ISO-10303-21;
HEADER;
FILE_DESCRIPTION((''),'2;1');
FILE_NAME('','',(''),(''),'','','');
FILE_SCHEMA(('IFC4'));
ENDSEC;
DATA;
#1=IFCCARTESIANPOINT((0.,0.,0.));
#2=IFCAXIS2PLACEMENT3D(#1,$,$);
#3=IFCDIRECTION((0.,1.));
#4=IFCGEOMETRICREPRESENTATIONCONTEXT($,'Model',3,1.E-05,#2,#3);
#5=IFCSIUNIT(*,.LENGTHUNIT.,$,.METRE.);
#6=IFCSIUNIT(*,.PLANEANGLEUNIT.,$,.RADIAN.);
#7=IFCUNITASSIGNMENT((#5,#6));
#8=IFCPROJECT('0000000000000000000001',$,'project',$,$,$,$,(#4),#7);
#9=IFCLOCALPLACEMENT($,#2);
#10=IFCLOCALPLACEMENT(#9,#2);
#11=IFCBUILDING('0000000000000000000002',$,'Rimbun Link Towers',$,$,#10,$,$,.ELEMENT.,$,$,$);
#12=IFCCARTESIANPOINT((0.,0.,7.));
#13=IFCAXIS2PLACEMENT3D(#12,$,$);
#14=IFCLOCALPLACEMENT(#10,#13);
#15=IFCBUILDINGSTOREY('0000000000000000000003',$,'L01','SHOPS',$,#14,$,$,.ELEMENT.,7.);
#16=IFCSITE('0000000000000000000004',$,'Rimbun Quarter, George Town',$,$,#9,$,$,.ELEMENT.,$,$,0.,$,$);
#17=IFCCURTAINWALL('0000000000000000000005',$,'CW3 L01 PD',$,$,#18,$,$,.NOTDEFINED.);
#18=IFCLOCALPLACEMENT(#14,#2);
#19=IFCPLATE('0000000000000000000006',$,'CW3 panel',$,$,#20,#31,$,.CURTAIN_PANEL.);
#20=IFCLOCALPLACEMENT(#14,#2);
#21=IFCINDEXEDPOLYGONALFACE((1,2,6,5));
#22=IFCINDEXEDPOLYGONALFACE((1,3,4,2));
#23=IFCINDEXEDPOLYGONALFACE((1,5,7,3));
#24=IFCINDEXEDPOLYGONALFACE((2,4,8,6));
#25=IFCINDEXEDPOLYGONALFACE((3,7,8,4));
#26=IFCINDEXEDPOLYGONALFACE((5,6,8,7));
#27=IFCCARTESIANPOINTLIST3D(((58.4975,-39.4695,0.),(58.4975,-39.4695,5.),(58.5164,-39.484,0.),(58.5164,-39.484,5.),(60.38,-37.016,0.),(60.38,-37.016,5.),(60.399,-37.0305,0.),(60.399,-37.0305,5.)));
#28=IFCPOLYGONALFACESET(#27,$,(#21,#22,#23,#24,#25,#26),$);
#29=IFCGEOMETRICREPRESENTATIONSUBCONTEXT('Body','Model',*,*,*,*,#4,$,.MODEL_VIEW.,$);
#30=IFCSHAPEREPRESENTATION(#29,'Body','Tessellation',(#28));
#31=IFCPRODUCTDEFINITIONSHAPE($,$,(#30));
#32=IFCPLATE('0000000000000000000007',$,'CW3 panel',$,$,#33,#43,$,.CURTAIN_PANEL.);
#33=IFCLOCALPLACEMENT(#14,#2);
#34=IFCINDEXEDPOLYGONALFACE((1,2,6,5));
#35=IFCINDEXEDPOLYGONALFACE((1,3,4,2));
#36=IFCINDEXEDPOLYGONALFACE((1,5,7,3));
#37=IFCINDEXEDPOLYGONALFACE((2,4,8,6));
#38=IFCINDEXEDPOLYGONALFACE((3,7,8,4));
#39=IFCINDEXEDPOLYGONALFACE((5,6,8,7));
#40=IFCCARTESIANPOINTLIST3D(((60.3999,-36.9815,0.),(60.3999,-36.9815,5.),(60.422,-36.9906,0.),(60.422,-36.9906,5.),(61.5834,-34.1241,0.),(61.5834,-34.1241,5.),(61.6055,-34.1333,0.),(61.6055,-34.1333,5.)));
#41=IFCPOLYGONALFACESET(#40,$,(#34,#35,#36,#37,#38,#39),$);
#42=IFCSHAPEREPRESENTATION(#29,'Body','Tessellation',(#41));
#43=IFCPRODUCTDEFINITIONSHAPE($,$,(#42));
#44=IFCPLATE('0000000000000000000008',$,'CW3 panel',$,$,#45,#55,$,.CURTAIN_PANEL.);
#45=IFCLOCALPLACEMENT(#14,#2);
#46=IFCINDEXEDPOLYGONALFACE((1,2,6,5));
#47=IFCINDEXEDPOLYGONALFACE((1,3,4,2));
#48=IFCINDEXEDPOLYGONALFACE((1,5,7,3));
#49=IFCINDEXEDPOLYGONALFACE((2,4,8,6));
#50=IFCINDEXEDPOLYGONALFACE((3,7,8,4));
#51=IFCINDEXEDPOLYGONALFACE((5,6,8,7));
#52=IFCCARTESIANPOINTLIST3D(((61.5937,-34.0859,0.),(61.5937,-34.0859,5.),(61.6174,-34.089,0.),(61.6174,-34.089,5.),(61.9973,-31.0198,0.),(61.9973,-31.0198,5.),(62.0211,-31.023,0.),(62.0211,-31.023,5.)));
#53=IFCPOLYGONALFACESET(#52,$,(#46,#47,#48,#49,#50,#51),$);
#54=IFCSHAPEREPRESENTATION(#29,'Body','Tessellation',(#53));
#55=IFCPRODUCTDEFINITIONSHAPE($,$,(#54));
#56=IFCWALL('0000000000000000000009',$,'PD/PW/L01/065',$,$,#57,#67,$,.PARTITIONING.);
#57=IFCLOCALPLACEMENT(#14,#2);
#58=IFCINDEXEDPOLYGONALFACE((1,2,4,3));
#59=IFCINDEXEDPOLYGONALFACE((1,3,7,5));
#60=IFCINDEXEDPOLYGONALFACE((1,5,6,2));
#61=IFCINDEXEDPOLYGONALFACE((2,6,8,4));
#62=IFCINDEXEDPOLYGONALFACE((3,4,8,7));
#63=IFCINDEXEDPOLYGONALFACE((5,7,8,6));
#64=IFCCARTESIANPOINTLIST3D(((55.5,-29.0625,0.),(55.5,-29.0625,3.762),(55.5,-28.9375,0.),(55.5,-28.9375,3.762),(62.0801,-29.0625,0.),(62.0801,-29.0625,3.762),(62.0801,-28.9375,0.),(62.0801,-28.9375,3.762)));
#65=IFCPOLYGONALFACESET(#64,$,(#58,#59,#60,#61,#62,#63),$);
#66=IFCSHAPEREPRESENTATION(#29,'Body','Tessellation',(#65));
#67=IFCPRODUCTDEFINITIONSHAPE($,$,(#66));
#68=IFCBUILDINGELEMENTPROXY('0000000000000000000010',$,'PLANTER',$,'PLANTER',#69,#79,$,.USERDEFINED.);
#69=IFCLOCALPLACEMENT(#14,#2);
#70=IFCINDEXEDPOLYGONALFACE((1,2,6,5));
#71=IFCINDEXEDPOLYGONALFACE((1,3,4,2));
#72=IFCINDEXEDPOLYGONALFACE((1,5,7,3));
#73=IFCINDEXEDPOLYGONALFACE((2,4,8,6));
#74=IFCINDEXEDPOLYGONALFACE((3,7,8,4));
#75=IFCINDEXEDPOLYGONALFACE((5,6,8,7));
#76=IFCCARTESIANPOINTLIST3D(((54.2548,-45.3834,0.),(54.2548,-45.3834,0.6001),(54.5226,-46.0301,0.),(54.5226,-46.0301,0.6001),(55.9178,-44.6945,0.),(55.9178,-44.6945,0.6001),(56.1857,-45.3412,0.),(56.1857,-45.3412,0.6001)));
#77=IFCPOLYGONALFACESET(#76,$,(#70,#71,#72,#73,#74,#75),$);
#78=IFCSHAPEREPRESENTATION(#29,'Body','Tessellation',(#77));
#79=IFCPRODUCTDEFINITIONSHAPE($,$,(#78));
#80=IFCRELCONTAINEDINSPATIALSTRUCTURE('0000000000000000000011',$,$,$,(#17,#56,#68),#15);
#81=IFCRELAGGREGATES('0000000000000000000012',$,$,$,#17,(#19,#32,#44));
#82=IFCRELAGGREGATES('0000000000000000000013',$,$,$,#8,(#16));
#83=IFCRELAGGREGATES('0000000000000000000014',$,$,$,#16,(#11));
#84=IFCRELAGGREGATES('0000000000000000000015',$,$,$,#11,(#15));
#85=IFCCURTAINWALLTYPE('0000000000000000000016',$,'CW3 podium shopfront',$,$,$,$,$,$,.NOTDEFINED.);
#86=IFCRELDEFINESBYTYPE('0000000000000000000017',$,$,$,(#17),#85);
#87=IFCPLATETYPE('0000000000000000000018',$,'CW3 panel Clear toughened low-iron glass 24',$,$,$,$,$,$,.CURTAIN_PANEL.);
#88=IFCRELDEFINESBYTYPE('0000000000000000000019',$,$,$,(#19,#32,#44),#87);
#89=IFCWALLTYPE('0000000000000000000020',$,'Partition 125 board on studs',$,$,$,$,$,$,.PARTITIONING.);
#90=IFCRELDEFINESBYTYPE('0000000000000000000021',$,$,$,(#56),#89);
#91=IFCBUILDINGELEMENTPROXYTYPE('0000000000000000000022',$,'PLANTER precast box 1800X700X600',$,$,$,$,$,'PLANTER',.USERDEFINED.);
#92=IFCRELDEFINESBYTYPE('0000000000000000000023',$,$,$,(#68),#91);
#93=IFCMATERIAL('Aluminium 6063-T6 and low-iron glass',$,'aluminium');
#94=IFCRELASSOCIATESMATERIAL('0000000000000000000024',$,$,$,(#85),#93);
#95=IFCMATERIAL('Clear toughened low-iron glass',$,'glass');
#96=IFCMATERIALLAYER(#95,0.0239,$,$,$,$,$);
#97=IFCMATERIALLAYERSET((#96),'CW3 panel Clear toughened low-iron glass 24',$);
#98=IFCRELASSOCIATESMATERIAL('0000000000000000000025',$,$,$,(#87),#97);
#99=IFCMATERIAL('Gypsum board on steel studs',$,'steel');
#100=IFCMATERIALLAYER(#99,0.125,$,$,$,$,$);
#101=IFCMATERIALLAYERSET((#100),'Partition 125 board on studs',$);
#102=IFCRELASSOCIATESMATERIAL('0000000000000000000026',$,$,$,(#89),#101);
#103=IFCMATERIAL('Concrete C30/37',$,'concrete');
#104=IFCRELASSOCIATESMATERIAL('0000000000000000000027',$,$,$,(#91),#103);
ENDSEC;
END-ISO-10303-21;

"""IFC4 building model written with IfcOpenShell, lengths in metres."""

from ifc_helpers import new_model, si_unit, direction, frame, frame_2d, origin, origin_2d, place, context, subcontext, project, spatial, rectangle, extrude, material, layer, layer_set, type_object, element, aggregate, save


model = new_model("IFC4")

# Units and contexts
model_context = context("Model", 3, precision=1e-05, world=origin(), true_north=direction((0.0, 1.0)))
body_context = subcontext(model_context, "Body", "Model", "MODEL_VIEW")
ifc_project = project(units=[si_unit("LENGTHUNIT", "METRE"), si_unit("PLANEANGLEUNIT", "RADIAN")], contexts=[model_context])

# Site, building, storey
site_placement = place(None, origin())
site = spatial("IfcSite", under=ifc_project, at=site_placement, Name="Rimbun Quarter, George Town", CompositionType="ELEMENT", RefElevation=0.0)
building_placement = place(site_placement, origin())
building = spatial("IfcBuilding", under=site, at=building_placement, Name="Rimbun Link Towers", CompositionType="ELEMENT")
storey_placement = place(building_placement, frame((0.0, 0.0, 7.0)))
storey = spatial("IfcBuildingStorey", under=building, at=storey_placement, Name="L01", Description="SHOPS", CompositionType="ELEMENT", Elevation=7.0)

# Curtain wall
ifc_material_1 = material(Name="Aluminium 6063-T6 and low-iron glass", Category="aluminium")
curtain_wall_type = type_object("IfcCurtainWallType", Name="CW3 podium shopfront", PredefinedType="NOTDEFINED", material=ifc_material_1)
curtain_wall_placement = place(storey_placement, origin())
curtain_wall = element("IfcCurtainWall", 1, at=curtain_wall_placement, inside=storey, type_object=curtain_wall_type, Name="CW3 L01 PD", PredefinedType="NOTDEFINED")

# Plates
ifc_material_2 = material(Name="Clear toughened low-iron glass", Category="glass")
ifc_layer_1 = layer(ifc_material_2, 0.0239)
ifc_layer_set_1 = layer_set([ifc_layer_1], Name="CW3 panel Clear toughened low-iron glass 24")
plate_type = type_object("IfcPlateType", Name="CW3 panel Clear toughened low-iron glass 24", PredefinedType="CURTAIN_PANEL", material=ifc_layer_set_1)
plate_1_placement = place(storey_placement, frame((59.4482, -38.25, 0.0), z_axis=(0.0, 0.0, 1.0), x_axis=(-0.608754, -0.793359, 0.0)))
plate_1 = element("IfcPlate", 2, at=plate_1_placement, type_object=plate_type, Name="CW3 panel", PredefinedType="CURTAIN_PANEL", context=body_context, shape_type="SweptSolid", body=[
    extrude(rectangle(XDim=3.0925, YDim=0.0239, at=origin_2d()), origin(), (0.0, 0.0, 1.0), 5.0),
])
plate_2_placement = place(storey_placement, frame((61.0027, -35.5574, 0.0), z_axis=(0.0, 0.0, 1.0), x_axis=(-0.382679, -0.923881, 0.0)))
plate_2 = element("IfcPlate", 3, at=plate_2_placement, type_object=plate_type, Name="CW3 panel", PredefinedType="CURTAIN_PANEL", context=body_context, shape_type="SweptSolid", body=[
    extrude(rectangle(XDim=3.0928, YDim=0.0239, at=origin_2d()), origin(), (0.0, 0.0, 1.0), 5.0),
])
plate_3_placement = place(storey_placement, frame((61.8074, -32.5544, 0.0), z_axis=(0.0, 0.0, 1.0), x_axis=(-0.13053, -0.991444, 0.0)))
plate_3 = element("IfcPlate", 4, at=plate_3_placement, type_object=plate_type, Name="CW3 panel", PredefinedType="CURTAIN_PANEL", context=body_context, shape_type="SweptSolid", body=[
    extrude(rectangle(XDim=3.0925, YDim=0.0239, at=origin_2d()), origin(), (0.0, 0.0, 1.0), 5.0),
])
aggregate(curtain_wall, [plate_1, plate_2, plate_3])

# Wall
ifc_material_3 = material(Name="Gypsum board on steel studs", Category="steel")
ifc_layer_2 = layer(ifc_material_3, 0.125)
ifc_layer_set_2 = layer_set([ifc_layer_2], Name="Partition 125 board on studs")
wall_type = type_object("IfcWallType", Name="Partition 125 board on studs", PredefinedType="PARTITIONING", material=ifc_layer_set_2)
wall_placement = place(storey_placement, frame((62.0801, -29.0, 0.0), z_axis=(0.0, 0.0, 1.0), x_axis=(-1.0, 0.0, 0.0)))
element("IfcWall", 5, at=wall_placement, inside=storey, type_object=wall_type, Name="PD/PW/L01/065", PredefinedType="PARTITIONING", context=body_context, shape_type="SweptSolid", body=[
    extrude(rectangle(XDim=6.5801, YDim=0.125, at=frame_2d((3.29, 0.0))), origin(), (0.0, 0.0, 1.0), 3.762),
])

# Building element proxy
ifc_material_4 = material(Name="Concrete C30/37", Category="concrete")
building_element_proxy_type = type_object("IfcBuildingElementProxyType", Name="PLANTER precast box 1800X700X600", ElementType="PLANTER", PredefinedType="USERDEFINED", material=ifc_material_4)
proxy_placement = place(storey_placement, frame((55.2202, -45.3623, 0.0), z_axis=(0.0, 0.0, 1.0), x_axis=(0.923881, 0.382679, 0.0)))
element("IfcBuildingElementProxy", 6, at=proxy_placement, inside=storey, type_object=building_element_proxy_type, Name="PLANTER", ObjectType="PLANTER", PredefinedType="USERDEFINED", context=body_context, shape_type="SweptSolid", body=[
    extrude(rectangle(XDim=1.8, YDim=0.7, at=origin_2d()), origin(), (0.0, 0.0, 1.0), 0.6001),
])

save(model, "model.ifc")
